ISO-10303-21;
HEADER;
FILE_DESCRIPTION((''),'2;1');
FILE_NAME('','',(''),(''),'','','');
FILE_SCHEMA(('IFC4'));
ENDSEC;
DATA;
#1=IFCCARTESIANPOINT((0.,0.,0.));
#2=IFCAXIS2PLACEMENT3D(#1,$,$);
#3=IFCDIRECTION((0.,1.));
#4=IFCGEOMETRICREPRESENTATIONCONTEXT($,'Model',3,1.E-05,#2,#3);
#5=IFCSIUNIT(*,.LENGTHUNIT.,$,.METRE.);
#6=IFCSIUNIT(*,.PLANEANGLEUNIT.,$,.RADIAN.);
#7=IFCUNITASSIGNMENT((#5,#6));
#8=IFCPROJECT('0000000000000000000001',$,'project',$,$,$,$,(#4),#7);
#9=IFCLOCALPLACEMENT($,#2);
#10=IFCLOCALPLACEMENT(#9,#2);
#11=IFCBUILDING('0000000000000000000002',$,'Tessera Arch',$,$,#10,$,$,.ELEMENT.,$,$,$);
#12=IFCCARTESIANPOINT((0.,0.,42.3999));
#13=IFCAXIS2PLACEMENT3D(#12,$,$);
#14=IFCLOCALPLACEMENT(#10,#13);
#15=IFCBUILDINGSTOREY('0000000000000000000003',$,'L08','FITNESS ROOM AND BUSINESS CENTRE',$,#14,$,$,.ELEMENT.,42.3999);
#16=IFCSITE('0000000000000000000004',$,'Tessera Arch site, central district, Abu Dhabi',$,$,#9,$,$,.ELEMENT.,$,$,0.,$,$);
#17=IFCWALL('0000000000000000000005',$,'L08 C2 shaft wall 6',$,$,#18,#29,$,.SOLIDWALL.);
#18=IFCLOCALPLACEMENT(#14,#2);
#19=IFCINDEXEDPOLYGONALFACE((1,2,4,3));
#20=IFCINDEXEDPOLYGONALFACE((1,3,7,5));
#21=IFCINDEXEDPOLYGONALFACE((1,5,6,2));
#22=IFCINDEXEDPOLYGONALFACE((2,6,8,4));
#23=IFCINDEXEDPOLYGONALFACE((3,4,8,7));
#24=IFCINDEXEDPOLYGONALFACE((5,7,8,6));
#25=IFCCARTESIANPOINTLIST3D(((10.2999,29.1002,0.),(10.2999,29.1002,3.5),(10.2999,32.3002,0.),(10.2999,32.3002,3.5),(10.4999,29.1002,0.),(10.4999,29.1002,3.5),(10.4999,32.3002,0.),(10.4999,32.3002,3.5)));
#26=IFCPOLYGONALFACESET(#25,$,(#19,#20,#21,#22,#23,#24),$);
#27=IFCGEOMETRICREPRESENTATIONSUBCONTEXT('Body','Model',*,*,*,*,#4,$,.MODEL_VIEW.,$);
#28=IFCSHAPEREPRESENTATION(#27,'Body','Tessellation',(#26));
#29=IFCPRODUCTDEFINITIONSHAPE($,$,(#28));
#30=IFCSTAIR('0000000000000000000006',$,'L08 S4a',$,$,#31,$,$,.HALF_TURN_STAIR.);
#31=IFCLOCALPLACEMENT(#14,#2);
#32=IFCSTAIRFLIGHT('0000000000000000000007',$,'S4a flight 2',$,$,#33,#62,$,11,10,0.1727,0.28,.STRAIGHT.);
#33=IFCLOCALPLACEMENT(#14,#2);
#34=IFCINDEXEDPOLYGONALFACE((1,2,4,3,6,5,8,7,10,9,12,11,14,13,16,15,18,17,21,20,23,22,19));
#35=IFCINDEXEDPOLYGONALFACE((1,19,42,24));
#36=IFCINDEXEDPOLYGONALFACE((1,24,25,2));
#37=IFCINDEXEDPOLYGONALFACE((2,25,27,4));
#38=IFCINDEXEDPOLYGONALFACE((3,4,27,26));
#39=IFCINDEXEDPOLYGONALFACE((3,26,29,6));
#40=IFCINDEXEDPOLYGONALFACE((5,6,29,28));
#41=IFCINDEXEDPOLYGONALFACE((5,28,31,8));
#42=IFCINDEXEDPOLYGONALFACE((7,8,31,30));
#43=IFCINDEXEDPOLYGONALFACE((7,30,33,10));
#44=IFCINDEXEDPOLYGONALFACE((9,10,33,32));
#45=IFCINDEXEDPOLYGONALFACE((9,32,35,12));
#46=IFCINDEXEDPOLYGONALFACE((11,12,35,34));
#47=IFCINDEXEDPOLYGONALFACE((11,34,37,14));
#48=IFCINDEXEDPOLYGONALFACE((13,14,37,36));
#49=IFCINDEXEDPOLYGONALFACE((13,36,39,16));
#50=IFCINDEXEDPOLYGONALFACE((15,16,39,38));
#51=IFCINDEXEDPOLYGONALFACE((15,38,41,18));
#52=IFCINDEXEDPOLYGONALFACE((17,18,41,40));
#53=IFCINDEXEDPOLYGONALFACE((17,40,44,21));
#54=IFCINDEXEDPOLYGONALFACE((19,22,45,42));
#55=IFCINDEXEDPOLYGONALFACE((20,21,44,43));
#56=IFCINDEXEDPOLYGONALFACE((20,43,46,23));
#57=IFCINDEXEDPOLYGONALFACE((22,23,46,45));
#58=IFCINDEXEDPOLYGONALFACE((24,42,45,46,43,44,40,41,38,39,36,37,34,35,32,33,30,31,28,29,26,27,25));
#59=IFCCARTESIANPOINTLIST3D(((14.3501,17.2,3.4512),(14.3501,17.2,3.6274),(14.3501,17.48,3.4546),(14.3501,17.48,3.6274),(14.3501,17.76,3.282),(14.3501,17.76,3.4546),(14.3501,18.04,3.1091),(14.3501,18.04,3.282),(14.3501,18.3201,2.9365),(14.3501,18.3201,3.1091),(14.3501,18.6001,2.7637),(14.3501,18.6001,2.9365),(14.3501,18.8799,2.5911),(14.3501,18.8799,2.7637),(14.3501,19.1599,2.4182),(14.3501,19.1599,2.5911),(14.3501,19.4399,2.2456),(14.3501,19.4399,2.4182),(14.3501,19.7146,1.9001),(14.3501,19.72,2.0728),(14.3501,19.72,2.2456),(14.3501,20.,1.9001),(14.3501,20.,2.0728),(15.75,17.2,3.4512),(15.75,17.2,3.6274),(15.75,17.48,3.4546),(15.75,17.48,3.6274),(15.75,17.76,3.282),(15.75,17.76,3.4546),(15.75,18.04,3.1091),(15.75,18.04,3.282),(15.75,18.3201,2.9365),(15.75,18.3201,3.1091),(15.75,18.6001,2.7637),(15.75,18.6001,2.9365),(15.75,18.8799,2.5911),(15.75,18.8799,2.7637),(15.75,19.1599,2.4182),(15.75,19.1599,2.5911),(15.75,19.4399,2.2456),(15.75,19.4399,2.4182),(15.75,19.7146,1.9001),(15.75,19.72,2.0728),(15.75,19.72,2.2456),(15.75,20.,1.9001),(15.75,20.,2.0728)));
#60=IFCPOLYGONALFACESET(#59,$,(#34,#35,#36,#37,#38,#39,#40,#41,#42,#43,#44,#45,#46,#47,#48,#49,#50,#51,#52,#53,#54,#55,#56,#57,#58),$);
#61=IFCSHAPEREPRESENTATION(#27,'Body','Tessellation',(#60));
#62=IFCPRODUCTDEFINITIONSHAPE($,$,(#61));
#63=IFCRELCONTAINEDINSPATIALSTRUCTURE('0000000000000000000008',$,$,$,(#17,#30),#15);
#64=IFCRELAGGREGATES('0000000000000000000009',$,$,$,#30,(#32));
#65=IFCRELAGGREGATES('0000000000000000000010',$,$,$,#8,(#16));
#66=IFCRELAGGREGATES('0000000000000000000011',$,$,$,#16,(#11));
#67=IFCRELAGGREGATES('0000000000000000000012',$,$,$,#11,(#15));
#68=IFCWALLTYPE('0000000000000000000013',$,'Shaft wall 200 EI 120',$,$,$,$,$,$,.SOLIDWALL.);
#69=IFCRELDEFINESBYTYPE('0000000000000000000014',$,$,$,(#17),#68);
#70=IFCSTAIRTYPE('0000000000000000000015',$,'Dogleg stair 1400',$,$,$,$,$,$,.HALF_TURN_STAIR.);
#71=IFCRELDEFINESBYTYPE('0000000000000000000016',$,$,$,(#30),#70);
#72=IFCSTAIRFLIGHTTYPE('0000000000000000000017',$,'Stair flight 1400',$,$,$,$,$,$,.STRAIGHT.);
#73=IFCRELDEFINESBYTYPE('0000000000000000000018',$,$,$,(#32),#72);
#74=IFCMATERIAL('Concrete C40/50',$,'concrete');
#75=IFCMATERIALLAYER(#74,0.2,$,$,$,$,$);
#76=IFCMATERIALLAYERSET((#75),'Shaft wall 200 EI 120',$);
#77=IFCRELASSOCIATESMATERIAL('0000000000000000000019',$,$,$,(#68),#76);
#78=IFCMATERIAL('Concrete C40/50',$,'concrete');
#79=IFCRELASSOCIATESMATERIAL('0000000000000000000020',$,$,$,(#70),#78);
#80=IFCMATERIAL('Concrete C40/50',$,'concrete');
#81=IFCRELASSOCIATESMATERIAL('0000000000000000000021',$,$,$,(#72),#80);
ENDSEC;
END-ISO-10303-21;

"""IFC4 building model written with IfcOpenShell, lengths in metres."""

from ifc_helpers import new_model, si_unit, direction, frame, frame_2d, origin, place, context, subcontext, project, spatial, polyline, rectangle, outline, extrude, material, layer, layer_set, type_object, element, aggregate, save


model = new_model("IFC4")

# Units and contexts
model_context = context("Model", 3, precision=1e-05, world=origin(), true_north=direction((0.0, 1.0)))
body_context = subcontext(model_context, "Body", "Model", "MODEL_VIEW")
ifc_project = project(units=[si_unit("LENGTHUNIT", "METRE"), si_unit("PLANEANGLEUNIT", "RADIAN")], contexts=[model_context])

# Site, building, storey
site_placement = place(None, origin())
site = spatial("IfcSite", under=ifc_project, at=site_placement, Name="Tessera Arch site, central district, Abu Dhabi", CompositionType="ELEMENT", RefElevation=0.0)
building_placement = place(site_placement, origin())
building = spatial("IfcBuilding", under=site, at=building_placement, Name="Tessera Arch", CompositionType="ELEMENT")
storey_placement = place(building_placement, frame((0.0, 0.0, 42.3999)))
storey = spatial("IfcBuildingStorey", under=building, at=storey_placement, Name="L08", Description="FITNESS ROOM AND BUSINESS CENTRE", CompositionType="ELEMENT", Elevation=42.3999)

# Wall
ifc_material_1 = material(Name="Concrete C40/50", Category="concrete")
ifc_layer_1 = layer(ifc_material_1, 0.2)
ifc_layer_set_1 = layer_set([ifc_layer_1], Name="Shaft wall 200 EI 120")
wall_type_1 = type_object("IfcWallType", Name="Shaft wall 200 EI 120", PredefinedType="SOLIDWALL", material=ifc_layer_set_1)
for number, where, z_axis, x_axis, name in (
    (1, (10.3999, 29.1001, 0.0), (0.0, 0.0, 1.0), (0.0, 1.0, 0.0), "L08 C2 shaft wall 6"),
):
    element("IfcWall", number, at=place(storey_placement, frame(where, z_axis=z_axis, x_axis=x_axis)), inside=storey, type_object=wall_type_1, Name=name, PredefinedType="SOLIDWALL", context=body_context, shape_type="SweptSolid", body=[
        extrude(rectangle(XDim=3.2, YDim=0.2, at=frame_2d((1.6001, 0.0))), origin(), (0.0, 0.0, 1.0), 3.5),
    ])

# Stair, stair flight
ifc_material_2 = material(Name="Concrete C40/50", Category="concrete")
stair_type = type_object("IfcStairType", Name="Dogleg stair 1400", PredefinedType="HALF_TURN_STAIR", material=ifc_material_2)
stair_placement = place(storey_placement, origin())
stair = element("IfcStair", 2, at=stair_placement, inside=storey, type_object=stair_type, Name="L08 S4a", PredefinedType="HALF_TURN_STAIR")
ifc_material_3 = material(Name="Concrete C40/50", Category="concrete")
stair_flight_type = type_object("IfcStairFlightType", Name="Stair flight 1400", PredefinedType="STRAIGHT", material=ifc_material_3)
stair_flight_placement = place(storey_placement, frame((15.05, 20.0, 1.9001), z_axis=(0.0, 0.0, 1.0), x_axis=(0.0, -1.0, 0.0)))
stair_flight = element("IfcStairFlight", 3, at=stair_flight_placement, type_object=stair_flight_type, Name="S4a flight 2", NumberOfRisers=11, NumberOfTreads=10, PredefinedType="STRAIGHT", RiserHeight=0.1727, TreadLength=0.28, context=body_context, shape_type="SweptSolid", body=[
    extrude(outline(polyline([(0.0, 0.0), (0.0, 0.1726), (0.28, 0.1726), (0.28, 0.3455), (0.5601, 0.3455), (0.5601, 0.5181), (0.8401, 0.5181), (0.8401, 0.6909), (1.1201, 0.6909), (1.1201, 0.8635), (1.3999, 0.8635), (1.3999, 1.0364), (1.6799, 1.0364), (1.6799, 1.209), (1.96, 1.209), (1.96, 1.3818), (2.24, 1.3818), (2.24, 1.5544), (2.52, 1.5544), (2.52, 1.7273), (2.8, 1.7273), (2.8, 1.8999), (2.8, 1.551), (0.2854, 0.0), (0.0, 0.0)])), frame((0.0, 0.7, 0.0), z_axis=(0.0, -1.0, 0.0), x_axis=(1.0, 0.0, 0.0)), (0.0, 0.0, 1.0), 1.3999),
])
aggregate(stair, [stair_flight])

save(model, "model.ifc")
